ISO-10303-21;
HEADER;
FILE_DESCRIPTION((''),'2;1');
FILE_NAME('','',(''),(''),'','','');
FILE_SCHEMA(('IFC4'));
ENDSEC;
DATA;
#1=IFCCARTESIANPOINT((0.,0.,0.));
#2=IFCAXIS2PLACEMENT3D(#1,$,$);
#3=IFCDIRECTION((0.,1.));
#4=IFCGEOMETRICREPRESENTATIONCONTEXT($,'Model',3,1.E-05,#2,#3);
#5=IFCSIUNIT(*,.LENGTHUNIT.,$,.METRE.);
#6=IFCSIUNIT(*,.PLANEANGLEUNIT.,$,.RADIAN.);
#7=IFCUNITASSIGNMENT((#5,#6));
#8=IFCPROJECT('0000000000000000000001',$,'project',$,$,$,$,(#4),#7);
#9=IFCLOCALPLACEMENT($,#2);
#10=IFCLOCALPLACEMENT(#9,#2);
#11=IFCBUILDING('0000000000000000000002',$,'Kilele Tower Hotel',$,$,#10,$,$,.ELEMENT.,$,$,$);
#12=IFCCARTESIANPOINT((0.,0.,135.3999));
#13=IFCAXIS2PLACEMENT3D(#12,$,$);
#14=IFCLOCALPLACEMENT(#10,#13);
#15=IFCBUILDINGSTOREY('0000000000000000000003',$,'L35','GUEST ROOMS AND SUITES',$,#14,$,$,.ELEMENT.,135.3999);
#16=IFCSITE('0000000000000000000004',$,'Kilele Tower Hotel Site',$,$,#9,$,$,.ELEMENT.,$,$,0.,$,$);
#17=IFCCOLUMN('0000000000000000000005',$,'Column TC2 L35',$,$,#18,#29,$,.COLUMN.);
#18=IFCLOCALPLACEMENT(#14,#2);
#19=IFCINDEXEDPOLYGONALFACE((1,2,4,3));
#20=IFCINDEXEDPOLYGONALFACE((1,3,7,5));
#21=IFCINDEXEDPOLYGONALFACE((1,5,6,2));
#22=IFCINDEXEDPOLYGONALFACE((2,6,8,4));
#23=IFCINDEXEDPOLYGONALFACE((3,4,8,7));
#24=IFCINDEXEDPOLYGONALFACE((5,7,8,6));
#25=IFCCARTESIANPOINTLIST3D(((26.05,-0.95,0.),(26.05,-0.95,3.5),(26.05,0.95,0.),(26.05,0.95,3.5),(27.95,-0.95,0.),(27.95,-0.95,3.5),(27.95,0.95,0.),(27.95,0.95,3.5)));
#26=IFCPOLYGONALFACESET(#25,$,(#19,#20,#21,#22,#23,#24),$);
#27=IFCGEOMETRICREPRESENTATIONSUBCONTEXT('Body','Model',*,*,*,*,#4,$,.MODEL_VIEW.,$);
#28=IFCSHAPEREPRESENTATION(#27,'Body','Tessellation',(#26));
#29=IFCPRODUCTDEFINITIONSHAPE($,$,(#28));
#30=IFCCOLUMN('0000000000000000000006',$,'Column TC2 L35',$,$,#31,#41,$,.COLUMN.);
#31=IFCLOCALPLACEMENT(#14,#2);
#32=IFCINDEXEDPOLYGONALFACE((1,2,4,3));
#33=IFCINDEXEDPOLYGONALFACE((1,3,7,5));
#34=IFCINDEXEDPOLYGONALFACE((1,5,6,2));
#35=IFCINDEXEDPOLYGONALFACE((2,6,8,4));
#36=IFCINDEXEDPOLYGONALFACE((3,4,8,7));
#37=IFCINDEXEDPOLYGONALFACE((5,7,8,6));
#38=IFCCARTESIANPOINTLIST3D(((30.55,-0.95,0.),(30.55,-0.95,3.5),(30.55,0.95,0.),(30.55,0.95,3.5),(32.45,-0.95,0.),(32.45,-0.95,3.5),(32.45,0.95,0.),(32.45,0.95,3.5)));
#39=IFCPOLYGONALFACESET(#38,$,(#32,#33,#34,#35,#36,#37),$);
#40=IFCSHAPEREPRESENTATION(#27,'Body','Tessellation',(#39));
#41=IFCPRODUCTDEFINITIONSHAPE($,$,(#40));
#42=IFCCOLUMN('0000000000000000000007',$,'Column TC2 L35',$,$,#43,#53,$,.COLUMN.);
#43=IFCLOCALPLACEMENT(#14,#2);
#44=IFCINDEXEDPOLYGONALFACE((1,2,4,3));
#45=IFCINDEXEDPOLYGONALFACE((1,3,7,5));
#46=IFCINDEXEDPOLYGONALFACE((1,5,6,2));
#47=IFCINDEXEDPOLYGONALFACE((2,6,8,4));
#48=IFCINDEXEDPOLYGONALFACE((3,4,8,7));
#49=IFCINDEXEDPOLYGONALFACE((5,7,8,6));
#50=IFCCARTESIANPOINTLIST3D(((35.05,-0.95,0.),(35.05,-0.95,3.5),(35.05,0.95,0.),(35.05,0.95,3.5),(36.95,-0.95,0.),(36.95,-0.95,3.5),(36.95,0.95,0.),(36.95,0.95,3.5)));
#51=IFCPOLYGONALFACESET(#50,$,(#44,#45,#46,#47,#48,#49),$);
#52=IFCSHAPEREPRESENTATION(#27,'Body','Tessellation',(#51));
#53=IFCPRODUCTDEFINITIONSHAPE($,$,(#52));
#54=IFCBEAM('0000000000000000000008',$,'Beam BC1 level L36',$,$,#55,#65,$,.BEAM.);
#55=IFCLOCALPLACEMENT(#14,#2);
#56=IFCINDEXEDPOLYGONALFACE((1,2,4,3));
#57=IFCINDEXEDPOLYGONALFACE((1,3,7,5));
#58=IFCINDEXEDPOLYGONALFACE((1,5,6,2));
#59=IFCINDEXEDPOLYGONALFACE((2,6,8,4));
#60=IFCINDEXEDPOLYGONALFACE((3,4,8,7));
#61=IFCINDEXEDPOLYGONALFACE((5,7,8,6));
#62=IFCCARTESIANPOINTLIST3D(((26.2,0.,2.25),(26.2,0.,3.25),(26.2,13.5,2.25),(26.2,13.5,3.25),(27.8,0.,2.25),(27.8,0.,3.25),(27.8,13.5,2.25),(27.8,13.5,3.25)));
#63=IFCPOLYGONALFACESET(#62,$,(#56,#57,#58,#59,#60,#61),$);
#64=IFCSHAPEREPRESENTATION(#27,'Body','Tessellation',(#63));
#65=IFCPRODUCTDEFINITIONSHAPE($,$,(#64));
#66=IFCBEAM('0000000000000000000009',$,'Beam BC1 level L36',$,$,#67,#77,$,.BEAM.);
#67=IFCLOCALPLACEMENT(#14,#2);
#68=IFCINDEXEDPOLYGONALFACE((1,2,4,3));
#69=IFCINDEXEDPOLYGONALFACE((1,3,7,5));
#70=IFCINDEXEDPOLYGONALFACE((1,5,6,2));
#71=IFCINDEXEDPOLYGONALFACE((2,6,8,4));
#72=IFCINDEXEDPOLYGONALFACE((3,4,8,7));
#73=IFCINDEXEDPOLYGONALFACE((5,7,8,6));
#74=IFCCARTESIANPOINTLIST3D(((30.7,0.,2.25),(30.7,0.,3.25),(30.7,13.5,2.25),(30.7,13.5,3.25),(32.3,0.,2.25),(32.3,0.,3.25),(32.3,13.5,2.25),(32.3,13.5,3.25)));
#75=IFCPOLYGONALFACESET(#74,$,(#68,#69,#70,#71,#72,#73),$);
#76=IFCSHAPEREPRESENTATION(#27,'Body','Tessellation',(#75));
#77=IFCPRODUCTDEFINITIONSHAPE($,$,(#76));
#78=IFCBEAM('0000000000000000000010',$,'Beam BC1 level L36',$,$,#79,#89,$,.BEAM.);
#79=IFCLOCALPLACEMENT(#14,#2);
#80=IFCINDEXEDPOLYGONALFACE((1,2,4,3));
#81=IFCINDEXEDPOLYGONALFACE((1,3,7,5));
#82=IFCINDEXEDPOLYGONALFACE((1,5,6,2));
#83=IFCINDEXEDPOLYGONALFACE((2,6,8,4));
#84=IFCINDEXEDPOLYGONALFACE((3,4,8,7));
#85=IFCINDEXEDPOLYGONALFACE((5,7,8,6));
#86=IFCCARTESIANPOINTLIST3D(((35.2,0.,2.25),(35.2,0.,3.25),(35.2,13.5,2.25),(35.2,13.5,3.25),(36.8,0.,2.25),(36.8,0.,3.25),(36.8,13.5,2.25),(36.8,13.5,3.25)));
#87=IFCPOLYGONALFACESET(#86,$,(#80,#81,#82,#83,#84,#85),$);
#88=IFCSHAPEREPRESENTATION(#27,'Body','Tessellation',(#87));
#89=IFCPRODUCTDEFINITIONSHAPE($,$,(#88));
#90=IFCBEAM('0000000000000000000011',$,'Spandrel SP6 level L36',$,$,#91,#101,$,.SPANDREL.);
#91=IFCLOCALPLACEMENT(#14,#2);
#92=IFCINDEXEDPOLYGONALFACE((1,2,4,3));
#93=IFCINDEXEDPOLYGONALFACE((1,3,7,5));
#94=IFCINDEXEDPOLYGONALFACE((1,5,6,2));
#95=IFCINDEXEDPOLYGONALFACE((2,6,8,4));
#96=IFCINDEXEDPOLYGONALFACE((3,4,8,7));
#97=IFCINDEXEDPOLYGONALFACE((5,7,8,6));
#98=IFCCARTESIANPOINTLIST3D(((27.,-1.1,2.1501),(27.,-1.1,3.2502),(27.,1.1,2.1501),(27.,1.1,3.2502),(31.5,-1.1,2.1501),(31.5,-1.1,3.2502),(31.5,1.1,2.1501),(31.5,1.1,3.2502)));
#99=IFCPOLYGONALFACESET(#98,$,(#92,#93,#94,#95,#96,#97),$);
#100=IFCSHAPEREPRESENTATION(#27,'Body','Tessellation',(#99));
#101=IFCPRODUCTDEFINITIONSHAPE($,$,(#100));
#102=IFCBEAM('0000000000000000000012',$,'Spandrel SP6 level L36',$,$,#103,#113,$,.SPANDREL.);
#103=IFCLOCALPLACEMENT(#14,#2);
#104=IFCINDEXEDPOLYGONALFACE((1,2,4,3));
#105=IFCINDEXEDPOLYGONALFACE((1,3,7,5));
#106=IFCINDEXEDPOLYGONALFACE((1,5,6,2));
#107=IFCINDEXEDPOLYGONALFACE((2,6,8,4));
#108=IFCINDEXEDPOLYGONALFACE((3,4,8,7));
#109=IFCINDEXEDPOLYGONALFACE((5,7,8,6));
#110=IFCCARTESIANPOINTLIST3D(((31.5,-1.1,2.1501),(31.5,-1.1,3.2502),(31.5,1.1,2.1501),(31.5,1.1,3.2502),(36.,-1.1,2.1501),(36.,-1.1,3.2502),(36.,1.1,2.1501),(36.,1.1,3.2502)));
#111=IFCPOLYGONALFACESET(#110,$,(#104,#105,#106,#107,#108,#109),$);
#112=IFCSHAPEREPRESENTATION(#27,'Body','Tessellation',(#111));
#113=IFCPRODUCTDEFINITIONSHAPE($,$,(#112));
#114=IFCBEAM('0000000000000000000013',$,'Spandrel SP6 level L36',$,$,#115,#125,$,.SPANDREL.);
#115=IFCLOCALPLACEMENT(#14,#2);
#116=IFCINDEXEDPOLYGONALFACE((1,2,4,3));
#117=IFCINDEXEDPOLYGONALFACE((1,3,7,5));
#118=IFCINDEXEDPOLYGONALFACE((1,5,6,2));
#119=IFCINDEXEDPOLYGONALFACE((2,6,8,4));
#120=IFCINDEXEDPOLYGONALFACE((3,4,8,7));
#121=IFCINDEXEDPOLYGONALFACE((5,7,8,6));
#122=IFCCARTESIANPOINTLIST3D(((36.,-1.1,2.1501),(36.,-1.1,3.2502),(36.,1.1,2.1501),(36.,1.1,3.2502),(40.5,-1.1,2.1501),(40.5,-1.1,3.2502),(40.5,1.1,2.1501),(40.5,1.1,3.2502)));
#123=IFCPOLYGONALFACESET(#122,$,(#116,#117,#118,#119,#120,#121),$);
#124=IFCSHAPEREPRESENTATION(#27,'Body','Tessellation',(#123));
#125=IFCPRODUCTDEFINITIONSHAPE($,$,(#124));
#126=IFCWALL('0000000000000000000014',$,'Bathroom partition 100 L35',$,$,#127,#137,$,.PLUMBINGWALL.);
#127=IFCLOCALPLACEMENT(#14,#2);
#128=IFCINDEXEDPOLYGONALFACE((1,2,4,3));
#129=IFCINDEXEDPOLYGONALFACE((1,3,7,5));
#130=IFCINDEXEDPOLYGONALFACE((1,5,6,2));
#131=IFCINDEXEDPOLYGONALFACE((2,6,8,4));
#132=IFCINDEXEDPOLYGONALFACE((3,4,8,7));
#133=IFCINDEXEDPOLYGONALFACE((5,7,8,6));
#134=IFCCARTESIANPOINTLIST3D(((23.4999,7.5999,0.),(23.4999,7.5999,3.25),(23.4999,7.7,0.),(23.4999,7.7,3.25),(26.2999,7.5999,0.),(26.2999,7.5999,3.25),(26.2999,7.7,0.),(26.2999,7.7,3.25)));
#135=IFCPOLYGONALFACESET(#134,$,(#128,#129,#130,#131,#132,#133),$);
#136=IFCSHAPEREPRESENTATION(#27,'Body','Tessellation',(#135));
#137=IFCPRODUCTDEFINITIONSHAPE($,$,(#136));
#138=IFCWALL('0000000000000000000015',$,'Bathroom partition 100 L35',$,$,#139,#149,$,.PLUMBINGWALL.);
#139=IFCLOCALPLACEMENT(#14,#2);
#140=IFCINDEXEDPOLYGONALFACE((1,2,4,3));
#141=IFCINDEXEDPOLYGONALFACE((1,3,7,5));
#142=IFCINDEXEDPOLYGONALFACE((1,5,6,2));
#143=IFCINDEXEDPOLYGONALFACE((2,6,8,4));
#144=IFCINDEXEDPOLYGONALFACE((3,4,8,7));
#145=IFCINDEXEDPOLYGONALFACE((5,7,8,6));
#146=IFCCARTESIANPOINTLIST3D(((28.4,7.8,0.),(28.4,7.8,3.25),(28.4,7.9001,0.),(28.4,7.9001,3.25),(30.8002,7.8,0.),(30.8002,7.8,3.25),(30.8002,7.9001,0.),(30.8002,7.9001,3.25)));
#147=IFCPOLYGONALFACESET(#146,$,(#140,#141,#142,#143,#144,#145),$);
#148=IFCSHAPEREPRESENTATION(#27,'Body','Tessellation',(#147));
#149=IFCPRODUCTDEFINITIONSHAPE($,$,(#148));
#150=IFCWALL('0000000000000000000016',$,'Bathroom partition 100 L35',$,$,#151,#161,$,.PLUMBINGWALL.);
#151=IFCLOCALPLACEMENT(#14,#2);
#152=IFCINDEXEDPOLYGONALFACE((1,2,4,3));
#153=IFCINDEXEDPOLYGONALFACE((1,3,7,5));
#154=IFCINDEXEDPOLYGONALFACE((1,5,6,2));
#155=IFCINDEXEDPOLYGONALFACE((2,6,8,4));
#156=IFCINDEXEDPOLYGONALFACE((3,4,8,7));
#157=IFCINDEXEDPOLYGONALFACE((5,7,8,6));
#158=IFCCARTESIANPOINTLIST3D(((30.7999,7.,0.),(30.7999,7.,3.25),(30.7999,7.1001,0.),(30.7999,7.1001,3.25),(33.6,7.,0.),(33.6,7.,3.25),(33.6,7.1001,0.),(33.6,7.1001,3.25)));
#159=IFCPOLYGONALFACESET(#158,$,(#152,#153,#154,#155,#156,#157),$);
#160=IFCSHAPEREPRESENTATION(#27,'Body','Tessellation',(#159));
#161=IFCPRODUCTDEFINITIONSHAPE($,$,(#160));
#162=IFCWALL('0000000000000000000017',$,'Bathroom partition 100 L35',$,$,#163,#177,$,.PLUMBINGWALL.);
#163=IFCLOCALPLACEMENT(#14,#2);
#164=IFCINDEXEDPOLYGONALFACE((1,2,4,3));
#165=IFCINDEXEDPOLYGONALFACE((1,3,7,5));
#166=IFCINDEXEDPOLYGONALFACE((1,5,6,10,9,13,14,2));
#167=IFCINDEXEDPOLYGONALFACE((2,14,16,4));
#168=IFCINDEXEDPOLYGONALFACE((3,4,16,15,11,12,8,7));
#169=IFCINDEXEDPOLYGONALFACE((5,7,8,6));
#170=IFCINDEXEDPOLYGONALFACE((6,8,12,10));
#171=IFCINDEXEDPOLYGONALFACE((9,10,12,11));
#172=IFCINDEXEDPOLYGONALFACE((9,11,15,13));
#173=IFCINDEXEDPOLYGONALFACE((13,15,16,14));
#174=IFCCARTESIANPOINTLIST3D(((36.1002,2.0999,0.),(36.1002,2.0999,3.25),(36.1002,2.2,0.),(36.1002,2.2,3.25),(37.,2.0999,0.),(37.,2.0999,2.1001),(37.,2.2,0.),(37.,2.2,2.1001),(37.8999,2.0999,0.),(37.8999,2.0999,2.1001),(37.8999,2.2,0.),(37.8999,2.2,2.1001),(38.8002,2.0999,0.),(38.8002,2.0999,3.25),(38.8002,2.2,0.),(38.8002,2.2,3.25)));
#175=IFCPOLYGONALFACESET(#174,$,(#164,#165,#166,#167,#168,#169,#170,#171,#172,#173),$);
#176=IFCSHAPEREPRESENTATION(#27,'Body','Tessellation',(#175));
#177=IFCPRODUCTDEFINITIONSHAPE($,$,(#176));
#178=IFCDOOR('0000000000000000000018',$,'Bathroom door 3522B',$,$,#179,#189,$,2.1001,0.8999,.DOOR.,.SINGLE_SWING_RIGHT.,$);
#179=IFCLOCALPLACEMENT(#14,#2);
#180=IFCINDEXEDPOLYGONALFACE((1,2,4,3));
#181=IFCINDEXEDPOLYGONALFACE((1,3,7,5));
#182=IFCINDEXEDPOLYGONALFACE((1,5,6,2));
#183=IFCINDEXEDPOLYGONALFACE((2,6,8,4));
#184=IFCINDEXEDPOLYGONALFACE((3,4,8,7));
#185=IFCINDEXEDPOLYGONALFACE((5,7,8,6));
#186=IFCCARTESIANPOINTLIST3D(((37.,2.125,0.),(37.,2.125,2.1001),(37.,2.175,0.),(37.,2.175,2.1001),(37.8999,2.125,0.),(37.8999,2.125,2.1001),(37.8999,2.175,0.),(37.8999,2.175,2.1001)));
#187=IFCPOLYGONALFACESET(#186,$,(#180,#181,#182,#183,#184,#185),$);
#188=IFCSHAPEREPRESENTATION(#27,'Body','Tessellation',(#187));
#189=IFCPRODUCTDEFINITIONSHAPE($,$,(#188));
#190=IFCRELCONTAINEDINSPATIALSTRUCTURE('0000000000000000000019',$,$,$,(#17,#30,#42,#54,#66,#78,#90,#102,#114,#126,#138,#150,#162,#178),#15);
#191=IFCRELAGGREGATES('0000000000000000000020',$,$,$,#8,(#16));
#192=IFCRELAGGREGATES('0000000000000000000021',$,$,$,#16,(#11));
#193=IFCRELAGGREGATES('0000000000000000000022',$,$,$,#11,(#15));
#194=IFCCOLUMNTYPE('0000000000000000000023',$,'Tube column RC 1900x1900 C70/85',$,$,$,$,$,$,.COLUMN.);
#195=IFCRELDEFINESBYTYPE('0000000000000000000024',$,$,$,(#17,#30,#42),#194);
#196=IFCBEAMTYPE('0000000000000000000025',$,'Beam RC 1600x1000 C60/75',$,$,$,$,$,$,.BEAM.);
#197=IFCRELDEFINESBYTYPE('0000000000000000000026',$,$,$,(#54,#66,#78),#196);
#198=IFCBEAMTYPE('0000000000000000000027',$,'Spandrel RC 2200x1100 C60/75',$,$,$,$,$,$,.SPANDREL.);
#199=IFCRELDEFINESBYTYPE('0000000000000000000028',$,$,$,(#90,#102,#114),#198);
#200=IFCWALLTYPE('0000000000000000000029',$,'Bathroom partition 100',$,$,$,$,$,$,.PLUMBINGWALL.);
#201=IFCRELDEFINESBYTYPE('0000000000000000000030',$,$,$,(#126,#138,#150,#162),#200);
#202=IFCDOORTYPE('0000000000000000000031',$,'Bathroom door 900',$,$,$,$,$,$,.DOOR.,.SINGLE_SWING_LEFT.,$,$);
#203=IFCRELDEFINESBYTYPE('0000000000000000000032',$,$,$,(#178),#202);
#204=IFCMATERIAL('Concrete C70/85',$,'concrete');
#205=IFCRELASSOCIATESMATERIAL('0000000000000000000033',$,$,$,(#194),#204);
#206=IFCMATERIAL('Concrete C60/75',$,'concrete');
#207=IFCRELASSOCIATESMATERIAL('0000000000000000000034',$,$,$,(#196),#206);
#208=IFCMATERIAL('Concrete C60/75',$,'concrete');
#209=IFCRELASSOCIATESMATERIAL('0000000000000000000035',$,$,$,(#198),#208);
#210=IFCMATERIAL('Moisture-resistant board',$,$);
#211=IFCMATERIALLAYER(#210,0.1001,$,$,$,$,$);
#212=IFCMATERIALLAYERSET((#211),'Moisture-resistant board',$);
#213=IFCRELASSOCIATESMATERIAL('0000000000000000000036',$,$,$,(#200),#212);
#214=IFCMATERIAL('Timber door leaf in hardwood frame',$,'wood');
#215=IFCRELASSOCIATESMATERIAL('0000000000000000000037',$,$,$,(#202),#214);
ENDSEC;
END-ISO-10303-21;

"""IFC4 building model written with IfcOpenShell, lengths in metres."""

from ifc_helpers import new_model, si_unit, direction, frame, frame_2d, origin, origin_2d, place, context, subcontext, project, spatial, rectangle, extrude, material, layer, layer_set, material_profile, profile_set, type_object, element, fill, save


model = new_model("IFC4")

# Units and contexts
model_context = context("Model", 3, precision=1e-05, world=origin(), true_north=direction((0.0, 1.0)))
body_context = subcontext(model_context, "Body", "Model", "MODEL_VIEW")
ifc_project = project(units=[si_unit("LENGTHUNIT", "METRE"), si_unit("PLANEANGLEUNIT", "RADIAN")], contexts=[model_context])

# Site, building, storey
site_placement = place(None, origin())
site = spatial("IfcSite", under=ifc_project, at=site_placement, Name="Kilele Tower Hotel Site", CompositionType="ELEMENT", RefElevation=0.0)
building_placement = place(site_placement, origin())
building = spatial("IfcBuilding", under=site, at=building_placement, Name="Kilele Tower Hotel", CompositionType="ELEMENT")
storey_placement = place(building_placement, frame((0.0, 0.0, 135.3999)))
storey = spatial("IfcBuildingStorey", under=building, at=storey_placement, Name="L35", Description="GUEST ROOMS AND SUITES", CompositionType="ELEMENT", Elevation=135.3999)

# Columns
ifc_material_1 = material(Name="Concrete C70/85", Category="concrete")
ifc_material_profile_1 = material_profile(ifc_material_1, rectangle(XDim=1.8999, YDim=1.8999, at=origin_2d()))
ifc_profile_set_1 = profile_set([ifc_material_profile_1], Name="Concrete C70/85")
column_type = type_object("IfcColumnType", Name="Tube column RC 1900x1900 C70/85", PredefinedType="COLUMN", material=ifc_profile_set_1)
for number, where, z_axis, x_axis, name in (
    (1, (27.0, 0.0, 0.0), (0.0, 0.0, 1.0), (1.0, 0.0, 0.0), "Column TC2 L35"),
    (2, (31.5, 0.0, 0.0), (0.0, 0.0, 1.0), (1.0, 0.0, 0.0), "Column TC2 L35"),
    (3, (36.0, 0.0, 0.0), (0.0, 0.0, 1.0), (1.0, 0.0, 0.0), "Column TC2 L35"),
):
    element("IfcColumn", number, at=place(storey_placement, frame(where, z_axis=z_axis, x_axis=x_axis)), inside=storey, type_object=column_type, Name=name, PredefinedType="COLUMN", context=body_context, shape_type="SweptSolid", body=[
        extrude(rectangle(XDim=1.8999, YDim=1.8999, at=origin_2d()), origin(), (0.0, 0.0, 1.0), 3.5),
    ])

# Beams
ifc_material_2 = material(Name="Concrete C60/75", Category="concrete")
ifc_material_profile_2 = material_profile(ifc_material_2, rectangle(XDim=1.6001, YDim=1.0, at=origin_2d()))
ifc_profile_set_2 = profile_set([ifc_material_profile_2], Name="Concrete C60/75")
beam_type_1 = type_object("IfcBeamType", Name="Beam RC 1600x1000 C60/75", PredefinedType="BEAM", material=ifc_profile_set_2)
for number, where, z_axis, x_axis, name in (
    (4, (27.0, 0.0, 2.75), (0.0, 1.0, 0.0), (-1.0, 0.0, 0.0), "Beam BC1 level L36"),
    (5, (31.5, 0.0, 2.75), (0.0, 1.0, 0.0), (-1.0, 0.0, 0.0), "Beam BC1 level L36"),
    (6, (36.0, 0.0, 2.75), (0.0, 1.0, 0.0), (-1.0, 0.0, 0.0), "Beam BC1 level L36"),
):
    element("IfcBeam", number, at=place(storey_placement, frame(where, z_axis=z_axis, x_axis=x_axis)), inside=storey, type_object=beam_type_1, Name=name, PredefinedType="BEAM", context=body_context, shape_type="SweptSolid", body=[
        extrude(rectangle(XDim=1.6001, YDim=1.0, at=origin_2d()), origin(), (0.0, 0.0, 1.0), 13.5),
    ])
ifc_material_3 = material(Name="Concrete C60/75", Category="concrete")
ifc_material_profile_3 = material_profile(ifc_material_3, rectangle(XDim=2.2, YDim=1.1001, at=origin_2d()))
ifc_profile_set_3 = profile_set([ifc_material_profile_3], Name="Concrete C60/75")
beam_type_2 = type_object("IfcBeamType", Name="Spandrel RC 2200x1100 C60/75", PredefinedType="SPANDREL", material=ifc_profile_set_3)
for number, where, z_axis, x_axis, name in (
    (7, (27.0, 0.0, 2.7002), (1.0, 0.0, 0.0), (0.0, 1.0, 0.0), "Spandrel SP6 level L36"),
    (8, (31.5, 0.0, 2.7002), (1.0, 0.0, 0.0), (0.0, 1.0, 0.0), "Spandrel SP6 level L36"),
    (9, (36.0, 0.0, 2.7002), (1.0, 0.0, 0.0), (0.0, 1.0, 0.0), "Spandrel SP6 level L36"),
):
    element("IfcBeam", number, at=place(storey_placement, frame(where, z_axis=z_axis, x_axis=x_axis)), inside=storey, type_object=beam_type_2, Name=name, PredefinedType="SPANDREL", context=body_context, shape_type="SweptSolid", body=[
        extrude(rectangle(XDim=2.2, YDim=1.1001, at=origin_2d()), origin(), (0.0, 0.0, 1.0), 4.5),
    ])

# Walls
ifc_material_4 = material(Name="Moisture-resistant board")
ifc_layer_1 = layer(ifc_material_4, 0.1001)
ifc_layer_set_1 = layer_set([ifc_layer_1], Name="Moisture-resistant board")
wall_type_1 = type_object("IfcWallType", Name="Bathroom partition 100", PredefinedType="PLUMBINGWALL", material=ifc_layer_set_1)
wall_1_placement = place(storey_placement, frame((23.5, 7.6499, 0.0), z_axis=(0.0, 0.0, 1.0), x_axis=(1.0, 0.0, 0.0)))
element("IfcWall", 10, at=wall_1_placement, inside=storey, type_object=wall_type_1, Name="Bathroom partition 100 L35", PredefinedType="PLUMBINGWALL", context=body_context, shape_type="SweptSolid", body=[
    extrude(rectangle(XDim=2.8, YDim=0.1001, at=frame_2d((1.3999, 0.0))), origin(), (0.0, 0.0, 1.0), 3.25),
])
wall_2_placement = place(storey_placement, frame((28.3999, 7.8501, 0.0), z_axis=(0.0, 0.0, 1.0), x_axis=(1.0, 0.0, 0.0)))
element("IfcWall", 11, at=wall_2_placement, inside=storey, type_object=wall_type_1, Name="Bathroom partition 100 L35", PredefinedType="PLUMBINGWALL", context=body_context, shape_type="SweptSolid", body=[
    extrude(rectangle(XDim=2.4001, YDim=0.1001, at=frame_2d((1.2002, 0.0))), origin(), (0.0, 0.0, 1.0), 3.25),
])
wall_3_placement = place(storey_placement, frame((30.8, 7.05, 0.0), z_axis=(0.0, 0.0, 1.0), x_axis=(1.0, 0.0, 0.0)))
element("IfcWall", 12, at=wall_3_placement, inside=storey, type_object=wall_type_1, Name="Bathroom partition 100 L35", PredefinedType="PLUMBINGWALL", context=body_context, shape_type="SweptSolid", body=[
    extrude(rectangle(XDim=2.8, YDim=0.1001, at=frame_2d((1.3999, 0.0))), origin(), (0.0, 0.0, 1.0), 3.25),
])

# Wall, opening, door
wall_4_placement = place(storey_placement, frame((36.1001, 2.1499, 0.0), z_axis=(0.0, 0.0, 1.0), x_axis=(1.0, 0.0, 0.0)))
wall_4 = element("IfcWall", 13, at=wall_4_placement, inside=storey, type_object=wall_type_1, Name="Bathroom partition 100 L35", PredefinedType="PLUMBINGWALL", context=body_context, shape_type="SweptSolid", body=[
    extrude(rectangle(XDim=2.7, YDim=0.1001, at=frame_2d((1.3501, 0.0))), origin(), (0.0, 0.0, 1.0), 3.25),
])
opening_1_placement = place(wall_4_placement, frame((1.7998, 0.0, 0.0), z_axis=(0.0, 0.0, 1.0), x_axis=(-1.0, 0.0, 0.0)))
opening_1 = element("IfcOpeningElement", 14, at=opening_1_placement, cuts=wall_4, PredefinedType="OPENING", context=body_context, shape_type="SweptSolid", body=[
    extrude(rectangle(XDim=0.8999, YDim=2.1001, at=frame_2d((0.45, 1.05))), frame((0.0, 0.0601, 0.0), z_axis=(0.0, -1.0, 0.0), x_axis=(1.0, 0.0, 0.0)), (0.0, 0.0, 1.0), 0.1201),
])
ifc_material_5 = material(Name="Timber door leaf in hardwood frame", Category="wood")
door_type_1 = type_object("IfcDoorType", Name="Bathroom door 900", OperationType="SINGLE_SWING_LEFT", PredefinedType="DOOR", material=ifc_material_5)
door_1_placement = place(opening_1_placement, origin())
door_1 = element("IfcDoor", 15, at=door_1_placement, inside=storey, type_object=door_type_1, Name="Bathroom door 3522B", OperationType="SINGLE_SWING_RIGHT", OverallHeight=2.1001, OverallWidth=0.8999, PredefinedType="DOOR", context=body_context, shape_type="SweptSolid", body=[
    extrude(rectangle(XDim=0.8999, YDim=2.1001, at=frame_2d((0.45, 1.05))), frame((0.0, 0.0249, 0.0), z_axis=(0.0, -1.0, 0.0), x_axis=(1.0, 0.0, 0.0)), (0.0, 0.0, 1.0), 0.05),
])
fill(opening_1, door_1)

save(model, "model.ifc")
